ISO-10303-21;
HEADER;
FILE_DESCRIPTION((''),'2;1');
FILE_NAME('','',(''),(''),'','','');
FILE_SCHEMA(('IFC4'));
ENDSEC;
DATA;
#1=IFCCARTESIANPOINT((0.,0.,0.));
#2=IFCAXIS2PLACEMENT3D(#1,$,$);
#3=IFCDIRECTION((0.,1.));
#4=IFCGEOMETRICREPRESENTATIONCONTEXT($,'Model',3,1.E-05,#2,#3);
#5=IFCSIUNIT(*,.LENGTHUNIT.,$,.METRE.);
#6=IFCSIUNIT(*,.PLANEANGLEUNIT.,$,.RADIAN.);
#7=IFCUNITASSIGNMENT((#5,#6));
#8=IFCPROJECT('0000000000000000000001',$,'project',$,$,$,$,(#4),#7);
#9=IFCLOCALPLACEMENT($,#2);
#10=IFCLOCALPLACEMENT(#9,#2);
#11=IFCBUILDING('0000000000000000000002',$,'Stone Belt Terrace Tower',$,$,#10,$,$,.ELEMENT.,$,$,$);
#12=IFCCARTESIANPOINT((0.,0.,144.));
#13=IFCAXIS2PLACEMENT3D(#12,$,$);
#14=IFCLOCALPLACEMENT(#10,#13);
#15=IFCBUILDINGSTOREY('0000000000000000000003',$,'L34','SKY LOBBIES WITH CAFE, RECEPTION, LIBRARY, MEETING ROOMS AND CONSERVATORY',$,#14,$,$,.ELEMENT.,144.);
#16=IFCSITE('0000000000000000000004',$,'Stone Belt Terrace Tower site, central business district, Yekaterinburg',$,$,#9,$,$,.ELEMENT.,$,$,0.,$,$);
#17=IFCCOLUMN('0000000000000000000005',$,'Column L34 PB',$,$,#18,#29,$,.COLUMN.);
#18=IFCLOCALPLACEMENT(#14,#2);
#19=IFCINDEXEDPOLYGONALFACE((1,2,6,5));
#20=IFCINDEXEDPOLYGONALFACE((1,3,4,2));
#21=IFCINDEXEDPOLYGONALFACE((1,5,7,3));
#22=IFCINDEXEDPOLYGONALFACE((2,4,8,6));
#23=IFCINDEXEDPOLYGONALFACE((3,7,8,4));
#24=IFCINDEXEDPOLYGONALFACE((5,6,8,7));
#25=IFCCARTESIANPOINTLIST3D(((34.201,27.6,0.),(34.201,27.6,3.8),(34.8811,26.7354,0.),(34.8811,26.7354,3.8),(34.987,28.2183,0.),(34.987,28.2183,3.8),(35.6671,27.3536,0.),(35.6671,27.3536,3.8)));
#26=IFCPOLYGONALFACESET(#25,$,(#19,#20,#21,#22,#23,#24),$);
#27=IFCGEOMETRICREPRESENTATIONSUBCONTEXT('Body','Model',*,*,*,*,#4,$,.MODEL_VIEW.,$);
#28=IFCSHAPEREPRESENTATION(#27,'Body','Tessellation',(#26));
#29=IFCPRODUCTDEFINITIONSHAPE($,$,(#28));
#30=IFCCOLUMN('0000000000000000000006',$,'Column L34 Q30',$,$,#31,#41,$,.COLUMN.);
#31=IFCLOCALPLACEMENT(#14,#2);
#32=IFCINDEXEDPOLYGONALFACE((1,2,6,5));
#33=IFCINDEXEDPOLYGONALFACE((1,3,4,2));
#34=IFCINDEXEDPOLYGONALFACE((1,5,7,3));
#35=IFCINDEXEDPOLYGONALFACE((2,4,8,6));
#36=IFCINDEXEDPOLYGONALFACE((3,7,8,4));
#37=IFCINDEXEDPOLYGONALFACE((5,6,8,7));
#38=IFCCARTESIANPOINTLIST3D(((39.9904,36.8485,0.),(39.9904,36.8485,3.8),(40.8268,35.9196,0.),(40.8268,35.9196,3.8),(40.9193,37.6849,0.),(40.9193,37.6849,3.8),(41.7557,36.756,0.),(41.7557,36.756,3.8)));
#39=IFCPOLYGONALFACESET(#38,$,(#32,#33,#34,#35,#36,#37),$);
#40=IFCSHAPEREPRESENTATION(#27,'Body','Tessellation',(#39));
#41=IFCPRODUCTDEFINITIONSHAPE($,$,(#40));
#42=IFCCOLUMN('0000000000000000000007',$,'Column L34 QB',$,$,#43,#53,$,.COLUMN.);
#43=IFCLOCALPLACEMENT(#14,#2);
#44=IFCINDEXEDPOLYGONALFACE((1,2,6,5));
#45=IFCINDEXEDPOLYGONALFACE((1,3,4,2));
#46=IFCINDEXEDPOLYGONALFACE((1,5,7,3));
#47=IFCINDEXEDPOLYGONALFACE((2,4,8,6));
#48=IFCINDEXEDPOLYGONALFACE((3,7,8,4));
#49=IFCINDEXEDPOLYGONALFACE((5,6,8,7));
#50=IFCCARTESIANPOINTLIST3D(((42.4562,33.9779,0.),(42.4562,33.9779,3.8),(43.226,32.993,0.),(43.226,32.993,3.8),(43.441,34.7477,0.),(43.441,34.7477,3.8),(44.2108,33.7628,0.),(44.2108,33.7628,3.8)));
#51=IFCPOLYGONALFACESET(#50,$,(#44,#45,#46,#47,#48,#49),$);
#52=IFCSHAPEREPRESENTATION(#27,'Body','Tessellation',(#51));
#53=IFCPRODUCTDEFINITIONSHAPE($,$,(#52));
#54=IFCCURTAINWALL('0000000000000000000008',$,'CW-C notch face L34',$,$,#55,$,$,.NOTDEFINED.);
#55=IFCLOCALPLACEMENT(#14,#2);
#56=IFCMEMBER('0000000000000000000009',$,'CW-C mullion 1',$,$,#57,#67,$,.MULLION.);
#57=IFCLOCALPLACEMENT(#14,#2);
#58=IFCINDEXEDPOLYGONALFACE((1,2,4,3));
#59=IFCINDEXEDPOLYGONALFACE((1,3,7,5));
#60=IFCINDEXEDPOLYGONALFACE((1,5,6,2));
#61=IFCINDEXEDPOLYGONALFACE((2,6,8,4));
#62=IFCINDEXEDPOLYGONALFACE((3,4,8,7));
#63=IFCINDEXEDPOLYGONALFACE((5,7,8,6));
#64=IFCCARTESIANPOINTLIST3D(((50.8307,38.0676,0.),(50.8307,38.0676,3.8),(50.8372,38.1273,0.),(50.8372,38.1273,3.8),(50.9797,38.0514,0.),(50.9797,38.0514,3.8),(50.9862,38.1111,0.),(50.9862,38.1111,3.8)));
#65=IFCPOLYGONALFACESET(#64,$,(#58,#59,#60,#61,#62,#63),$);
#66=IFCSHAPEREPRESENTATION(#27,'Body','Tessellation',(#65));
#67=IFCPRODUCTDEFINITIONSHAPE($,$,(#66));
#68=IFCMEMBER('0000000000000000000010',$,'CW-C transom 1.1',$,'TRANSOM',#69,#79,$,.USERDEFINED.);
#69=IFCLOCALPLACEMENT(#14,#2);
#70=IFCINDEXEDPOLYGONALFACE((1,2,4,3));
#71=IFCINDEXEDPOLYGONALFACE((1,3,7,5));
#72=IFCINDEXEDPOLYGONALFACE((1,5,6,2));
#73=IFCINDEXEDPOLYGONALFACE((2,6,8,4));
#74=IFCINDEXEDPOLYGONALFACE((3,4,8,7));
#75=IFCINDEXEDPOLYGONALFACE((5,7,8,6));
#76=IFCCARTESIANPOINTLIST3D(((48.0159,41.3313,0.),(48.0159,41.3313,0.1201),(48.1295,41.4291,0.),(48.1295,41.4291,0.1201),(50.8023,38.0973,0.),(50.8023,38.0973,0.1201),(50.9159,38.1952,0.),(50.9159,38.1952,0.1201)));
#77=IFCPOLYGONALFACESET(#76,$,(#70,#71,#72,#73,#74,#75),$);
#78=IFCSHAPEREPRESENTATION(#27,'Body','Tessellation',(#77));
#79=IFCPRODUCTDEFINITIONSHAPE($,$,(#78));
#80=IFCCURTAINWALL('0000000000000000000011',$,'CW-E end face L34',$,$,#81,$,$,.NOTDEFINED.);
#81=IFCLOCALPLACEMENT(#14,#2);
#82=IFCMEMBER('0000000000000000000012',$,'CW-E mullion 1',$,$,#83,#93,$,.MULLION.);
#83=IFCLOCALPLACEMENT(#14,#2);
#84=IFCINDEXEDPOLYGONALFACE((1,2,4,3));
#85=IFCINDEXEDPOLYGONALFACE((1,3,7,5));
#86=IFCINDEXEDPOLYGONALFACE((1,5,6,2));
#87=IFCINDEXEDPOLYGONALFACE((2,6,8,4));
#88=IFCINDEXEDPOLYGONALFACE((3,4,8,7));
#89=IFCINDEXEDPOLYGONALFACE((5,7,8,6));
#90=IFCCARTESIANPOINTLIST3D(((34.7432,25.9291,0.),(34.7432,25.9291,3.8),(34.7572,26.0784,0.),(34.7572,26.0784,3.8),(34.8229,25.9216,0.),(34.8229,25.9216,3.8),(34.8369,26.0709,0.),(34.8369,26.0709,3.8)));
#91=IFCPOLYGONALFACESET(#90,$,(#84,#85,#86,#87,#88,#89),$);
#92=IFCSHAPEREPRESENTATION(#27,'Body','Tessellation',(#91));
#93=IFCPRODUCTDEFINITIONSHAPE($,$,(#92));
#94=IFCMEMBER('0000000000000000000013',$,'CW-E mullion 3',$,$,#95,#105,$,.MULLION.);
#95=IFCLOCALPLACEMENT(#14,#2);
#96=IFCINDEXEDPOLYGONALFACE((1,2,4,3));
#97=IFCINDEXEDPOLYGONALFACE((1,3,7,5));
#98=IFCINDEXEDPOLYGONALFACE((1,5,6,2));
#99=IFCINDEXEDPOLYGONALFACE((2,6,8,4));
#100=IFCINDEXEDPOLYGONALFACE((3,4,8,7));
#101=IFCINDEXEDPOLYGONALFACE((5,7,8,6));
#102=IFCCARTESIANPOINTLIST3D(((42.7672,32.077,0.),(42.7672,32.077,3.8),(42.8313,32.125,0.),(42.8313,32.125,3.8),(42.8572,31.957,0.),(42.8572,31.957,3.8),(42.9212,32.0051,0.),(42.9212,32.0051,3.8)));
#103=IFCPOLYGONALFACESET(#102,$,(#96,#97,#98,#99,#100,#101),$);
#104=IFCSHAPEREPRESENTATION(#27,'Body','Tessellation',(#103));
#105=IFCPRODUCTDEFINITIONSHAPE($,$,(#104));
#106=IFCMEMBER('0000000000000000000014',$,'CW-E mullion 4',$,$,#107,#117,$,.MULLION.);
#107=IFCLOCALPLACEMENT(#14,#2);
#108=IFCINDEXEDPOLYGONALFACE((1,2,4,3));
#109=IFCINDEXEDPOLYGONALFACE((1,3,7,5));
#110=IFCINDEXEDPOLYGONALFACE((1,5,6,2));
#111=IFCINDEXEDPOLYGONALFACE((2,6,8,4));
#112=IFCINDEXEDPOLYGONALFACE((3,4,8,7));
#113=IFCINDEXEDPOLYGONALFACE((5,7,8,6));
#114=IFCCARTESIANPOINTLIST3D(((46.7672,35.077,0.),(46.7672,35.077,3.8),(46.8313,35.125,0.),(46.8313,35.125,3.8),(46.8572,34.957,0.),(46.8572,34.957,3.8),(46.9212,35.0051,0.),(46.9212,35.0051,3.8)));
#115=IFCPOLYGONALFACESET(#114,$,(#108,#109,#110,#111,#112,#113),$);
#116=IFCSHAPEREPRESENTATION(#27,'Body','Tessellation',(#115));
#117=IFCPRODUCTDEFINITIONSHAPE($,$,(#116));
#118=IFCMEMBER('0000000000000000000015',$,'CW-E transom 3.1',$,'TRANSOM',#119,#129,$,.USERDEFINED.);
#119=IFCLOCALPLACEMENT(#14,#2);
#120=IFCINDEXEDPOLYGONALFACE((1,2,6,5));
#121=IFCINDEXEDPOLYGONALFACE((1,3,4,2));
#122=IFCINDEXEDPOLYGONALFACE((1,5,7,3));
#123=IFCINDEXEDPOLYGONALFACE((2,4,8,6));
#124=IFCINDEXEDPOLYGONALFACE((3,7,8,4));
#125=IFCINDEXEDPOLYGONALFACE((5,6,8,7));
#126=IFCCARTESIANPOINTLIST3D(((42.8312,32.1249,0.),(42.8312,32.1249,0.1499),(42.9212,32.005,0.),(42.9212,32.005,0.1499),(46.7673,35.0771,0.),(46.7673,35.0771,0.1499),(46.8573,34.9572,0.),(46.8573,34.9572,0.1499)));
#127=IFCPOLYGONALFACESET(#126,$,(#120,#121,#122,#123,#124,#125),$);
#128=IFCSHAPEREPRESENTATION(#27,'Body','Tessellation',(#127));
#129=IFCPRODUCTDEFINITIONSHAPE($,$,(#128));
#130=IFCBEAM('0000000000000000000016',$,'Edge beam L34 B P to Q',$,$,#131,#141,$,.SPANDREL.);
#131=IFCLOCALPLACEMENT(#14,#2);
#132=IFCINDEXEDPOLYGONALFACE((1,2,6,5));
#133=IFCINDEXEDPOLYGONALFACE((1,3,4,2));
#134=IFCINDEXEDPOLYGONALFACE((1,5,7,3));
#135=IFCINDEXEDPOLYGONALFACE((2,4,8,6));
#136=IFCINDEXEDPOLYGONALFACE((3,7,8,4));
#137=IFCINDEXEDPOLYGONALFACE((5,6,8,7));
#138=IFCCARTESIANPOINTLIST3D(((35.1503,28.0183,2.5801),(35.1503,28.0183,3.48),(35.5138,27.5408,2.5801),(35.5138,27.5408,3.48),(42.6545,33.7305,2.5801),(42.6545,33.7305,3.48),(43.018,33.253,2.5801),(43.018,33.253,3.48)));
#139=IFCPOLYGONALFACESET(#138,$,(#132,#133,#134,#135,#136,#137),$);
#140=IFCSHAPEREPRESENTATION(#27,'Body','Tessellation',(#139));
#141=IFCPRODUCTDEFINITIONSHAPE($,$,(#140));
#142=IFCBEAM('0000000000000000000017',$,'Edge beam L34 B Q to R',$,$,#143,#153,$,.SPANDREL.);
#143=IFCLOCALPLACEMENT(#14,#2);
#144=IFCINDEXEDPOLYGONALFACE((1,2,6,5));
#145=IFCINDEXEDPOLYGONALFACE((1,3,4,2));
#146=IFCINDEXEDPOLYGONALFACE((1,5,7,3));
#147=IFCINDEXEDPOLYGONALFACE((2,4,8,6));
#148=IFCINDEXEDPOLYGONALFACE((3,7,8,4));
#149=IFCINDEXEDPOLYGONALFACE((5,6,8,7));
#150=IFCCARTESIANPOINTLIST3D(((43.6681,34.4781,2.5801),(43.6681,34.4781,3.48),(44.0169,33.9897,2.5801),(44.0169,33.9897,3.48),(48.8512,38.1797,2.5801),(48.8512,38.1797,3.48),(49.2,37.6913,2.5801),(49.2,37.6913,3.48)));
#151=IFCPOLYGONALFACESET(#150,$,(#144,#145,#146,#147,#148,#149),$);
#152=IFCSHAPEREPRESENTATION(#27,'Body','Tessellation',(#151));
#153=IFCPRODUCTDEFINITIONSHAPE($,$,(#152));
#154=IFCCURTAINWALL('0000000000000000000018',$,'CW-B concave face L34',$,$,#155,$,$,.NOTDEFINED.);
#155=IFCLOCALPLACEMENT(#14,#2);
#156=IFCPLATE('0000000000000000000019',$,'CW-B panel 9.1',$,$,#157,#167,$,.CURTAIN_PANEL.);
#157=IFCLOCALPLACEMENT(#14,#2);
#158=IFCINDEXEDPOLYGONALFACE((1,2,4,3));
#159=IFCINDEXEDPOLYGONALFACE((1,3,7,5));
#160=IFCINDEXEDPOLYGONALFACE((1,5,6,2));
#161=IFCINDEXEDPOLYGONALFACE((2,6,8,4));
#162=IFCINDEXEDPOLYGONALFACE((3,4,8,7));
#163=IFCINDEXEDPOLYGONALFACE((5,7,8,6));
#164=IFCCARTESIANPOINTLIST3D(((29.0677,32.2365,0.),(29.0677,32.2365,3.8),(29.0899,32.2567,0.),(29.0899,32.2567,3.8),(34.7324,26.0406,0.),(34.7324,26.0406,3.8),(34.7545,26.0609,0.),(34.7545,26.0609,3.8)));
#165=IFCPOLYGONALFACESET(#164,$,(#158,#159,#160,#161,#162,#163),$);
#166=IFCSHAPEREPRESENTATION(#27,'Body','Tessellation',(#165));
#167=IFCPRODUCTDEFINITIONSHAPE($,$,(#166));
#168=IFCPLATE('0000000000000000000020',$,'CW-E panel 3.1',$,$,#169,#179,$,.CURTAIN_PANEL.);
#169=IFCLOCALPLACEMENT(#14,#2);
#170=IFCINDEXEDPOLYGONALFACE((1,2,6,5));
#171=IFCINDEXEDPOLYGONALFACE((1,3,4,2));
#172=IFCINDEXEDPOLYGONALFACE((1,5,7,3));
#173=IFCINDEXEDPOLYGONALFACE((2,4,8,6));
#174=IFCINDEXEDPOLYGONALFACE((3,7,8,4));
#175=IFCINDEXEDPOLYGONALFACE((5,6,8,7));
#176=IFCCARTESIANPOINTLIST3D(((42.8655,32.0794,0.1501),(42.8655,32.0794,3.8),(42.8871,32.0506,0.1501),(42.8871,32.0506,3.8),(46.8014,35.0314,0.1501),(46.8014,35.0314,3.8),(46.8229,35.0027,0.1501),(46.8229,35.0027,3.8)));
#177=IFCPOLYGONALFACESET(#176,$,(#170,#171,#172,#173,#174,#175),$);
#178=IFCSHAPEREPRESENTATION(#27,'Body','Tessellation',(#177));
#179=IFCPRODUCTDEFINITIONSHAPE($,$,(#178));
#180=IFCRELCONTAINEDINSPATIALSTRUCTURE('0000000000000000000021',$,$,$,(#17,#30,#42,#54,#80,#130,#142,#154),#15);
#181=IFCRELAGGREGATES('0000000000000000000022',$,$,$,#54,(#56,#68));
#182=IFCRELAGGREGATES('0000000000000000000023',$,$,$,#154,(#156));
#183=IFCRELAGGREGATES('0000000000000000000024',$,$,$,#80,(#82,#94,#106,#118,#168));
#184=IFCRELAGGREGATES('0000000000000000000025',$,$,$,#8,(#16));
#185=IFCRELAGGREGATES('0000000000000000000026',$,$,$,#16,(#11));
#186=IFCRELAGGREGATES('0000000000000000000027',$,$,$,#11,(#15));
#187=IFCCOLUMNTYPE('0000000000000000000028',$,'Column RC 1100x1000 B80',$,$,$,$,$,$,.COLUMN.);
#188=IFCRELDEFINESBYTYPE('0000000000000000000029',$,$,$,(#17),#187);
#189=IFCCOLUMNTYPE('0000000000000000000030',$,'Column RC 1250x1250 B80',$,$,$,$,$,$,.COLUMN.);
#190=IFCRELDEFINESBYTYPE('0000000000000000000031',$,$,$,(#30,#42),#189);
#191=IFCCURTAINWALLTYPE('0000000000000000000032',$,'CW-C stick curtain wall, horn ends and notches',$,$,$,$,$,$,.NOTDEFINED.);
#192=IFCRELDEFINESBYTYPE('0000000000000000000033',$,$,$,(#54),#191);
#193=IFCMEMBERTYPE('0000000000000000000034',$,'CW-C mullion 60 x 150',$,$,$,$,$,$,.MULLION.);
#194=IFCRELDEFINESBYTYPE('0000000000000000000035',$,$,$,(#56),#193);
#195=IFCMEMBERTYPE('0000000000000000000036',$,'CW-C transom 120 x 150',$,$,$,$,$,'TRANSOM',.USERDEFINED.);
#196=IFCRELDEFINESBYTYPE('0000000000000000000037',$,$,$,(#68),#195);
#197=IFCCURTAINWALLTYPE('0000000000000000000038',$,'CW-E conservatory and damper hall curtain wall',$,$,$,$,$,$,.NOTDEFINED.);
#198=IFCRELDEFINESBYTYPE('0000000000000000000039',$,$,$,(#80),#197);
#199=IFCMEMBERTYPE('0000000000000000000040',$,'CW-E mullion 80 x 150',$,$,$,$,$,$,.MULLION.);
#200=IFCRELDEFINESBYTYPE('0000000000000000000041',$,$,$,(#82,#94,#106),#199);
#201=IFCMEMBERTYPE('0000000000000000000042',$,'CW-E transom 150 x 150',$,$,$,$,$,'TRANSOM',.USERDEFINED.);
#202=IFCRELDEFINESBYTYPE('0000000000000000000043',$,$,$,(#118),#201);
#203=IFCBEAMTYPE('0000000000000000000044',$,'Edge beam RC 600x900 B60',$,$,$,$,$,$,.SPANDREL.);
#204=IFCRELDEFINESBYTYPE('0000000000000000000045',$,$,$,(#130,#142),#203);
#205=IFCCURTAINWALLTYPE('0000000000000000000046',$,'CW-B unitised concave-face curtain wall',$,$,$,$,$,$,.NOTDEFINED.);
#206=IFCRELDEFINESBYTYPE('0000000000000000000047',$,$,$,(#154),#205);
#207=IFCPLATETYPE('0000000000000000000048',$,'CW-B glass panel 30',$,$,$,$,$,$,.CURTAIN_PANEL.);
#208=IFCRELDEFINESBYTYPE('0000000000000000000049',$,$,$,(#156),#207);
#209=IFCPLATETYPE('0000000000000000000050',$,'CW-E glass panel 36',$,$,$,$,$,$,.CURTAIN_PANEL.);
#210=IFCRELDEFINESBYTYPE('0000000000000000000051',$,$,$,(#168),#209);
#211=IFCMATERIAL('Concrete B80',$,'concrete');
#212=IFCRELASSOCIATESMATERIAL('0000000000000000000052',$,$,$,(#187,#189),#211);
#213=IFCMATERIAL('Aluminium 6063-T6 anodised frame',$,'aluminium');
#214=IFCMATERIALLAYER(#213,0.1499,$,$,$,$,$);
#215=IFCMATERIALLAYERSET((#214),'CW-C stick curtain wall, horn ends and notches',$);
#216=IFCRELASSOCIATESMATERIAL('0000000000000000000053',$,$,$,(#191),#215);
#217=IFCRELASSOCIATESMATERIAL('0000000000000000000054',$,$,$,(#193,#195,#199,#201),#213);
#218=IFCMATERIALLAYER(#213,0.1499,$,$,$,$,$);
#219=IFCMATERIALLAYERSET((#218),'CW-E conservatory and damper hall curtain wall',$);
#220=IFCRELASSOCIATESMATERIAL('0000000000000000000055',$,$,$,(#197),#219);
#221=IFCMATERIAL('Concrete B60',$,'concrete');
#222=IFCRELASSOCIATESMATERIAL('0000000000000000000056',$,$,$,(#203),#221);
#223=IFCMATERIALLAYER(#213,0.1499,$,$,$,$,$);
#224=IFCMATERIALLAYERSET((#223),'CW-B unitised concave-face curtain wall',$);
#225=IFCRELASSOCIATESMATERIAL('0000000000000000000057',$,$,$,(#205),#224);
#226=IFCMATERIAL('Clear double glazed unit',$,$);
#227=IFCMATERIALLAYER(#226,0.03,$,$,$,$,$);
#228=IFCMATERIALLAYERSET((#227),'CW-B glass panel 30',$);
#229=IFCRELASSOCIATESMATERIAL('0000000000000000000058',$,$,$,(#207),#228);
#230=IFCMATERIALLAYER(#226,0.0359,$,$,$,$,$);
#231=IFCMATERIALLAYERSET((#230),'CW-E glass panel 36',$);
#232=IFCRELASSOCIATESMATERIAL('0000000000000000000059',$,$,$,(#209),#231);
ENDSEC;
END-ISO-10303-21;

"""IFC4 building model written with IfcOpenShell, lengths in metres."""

from ifc_helpers import new_model, si_unit, direction, frame, origin, origin_2d, place, context, subcontext, project, spatial, rectangle, extrude, material, layer, layer_set, material_profile, profile_set, type_object, element, aggregate, save


model = new_model("IFC4")

# Units and contexts
model_context = context("Model", 3, precision=1e-05, world=origin(), true_north=direction((0.0, 1.0)))
body_context = subcontext(model_context, "Body", "Model", "MODEL_VIEW")
ifc_project = project(units=[si_unit("LENGTHUNIT", "METRE"), si_unit("PLANEANGLEUNIT", "RADIAN")], contexts=[model_context])

# Site, building, storey
site_placement = place(None, origin())
site = spatial("IfcSite", under=ifc_project, at=site_placement, Name="Stone Belt Terrace Tower site, central business district, Yekaterinburg", CompositionType="ELEMENT", RefElevation=0.0)
building_placement = place(site_placement, origin())
building = spatial("IfcBuilding", under=site, at=building_placement, Name="Stone Belt Terrace Tower", CompositionType="ELEMENT")
storey_placement = place(building_placement, frame((0.0, 0.0, 144.0)))
storey = spatial("IfcBuildingStorey", under=building, at=storey_placement, Name="L34", Description="SKY LOBBIES WITH CAFE, RECEPTION, LIBRARY, MEETING ROOMS AND CONSERVATORY", CompositionType="ELEMENT", Elevation=144.0)

# Columns
ifc_material_1 = material(Name="Concrete B80", Category="concrete")
ifc_material_profile_1 = material_profile(ifc_material_1, rectangle(XDim=1.1001, YDim=1.0, at=origin_2d()), Name="RC 1100x1000")
ifc_profile_set_1 = profile_set([ifc_material_profile_1], Name="Concrete B80")
column_type_1 = type_object("IfcColumnType", Name="Column RC 1100x1000 B80", PredefinedType="COLUMN", material=ifc_profile_set_1)
column_placement = place(storey_placement, frame((34.9341, 27.4768, 0.0), z_axis=(0.0, 0.0, 1.0), x_axis=(0.618218, -0.786007, 0.0)))
element("IfcColumn", 1, at=column_placement, inside=storey, type_object=column_type_1, Name="Column L34 PB", PredefinedType="COLUMN", context=body_context, shape_type="SweptSolid", body=[
    extrude(rectangle(XDim=1.1001, YDim=1.0, at=origin_2d()), origin(), (0.0, 0.0, 1.0), 3.8),
])
ifc_material_profile_2 = material_profile(ifc_material_1, rectangle(XDim=1.25, YDim=1.25, at=origin_2d()), Name="RC 1250x1250")
ifc_profile_set_2 = profile_set([ifc_material_profile_2], Name="Concrete B80")
column_type_2 = type_object("IfcColumnType", Name="Column RC 1250x1250 B80", PredefinedType="COLUMN", material=ifc_profile_set_2)
for number, where, z_axis, x_axis, name in (
    (2, (40.873, 36.8022, 0.0), (0.0, 0.0, 1.0), (0.669131, -0.743145, 0.0), "Column L34 Q30"),
    (3, (43.3335, 33.8704, 0.0), (0.0, 0.0, 1.0), (0.615825, -0.787883, 0.0), "Column L34 QB"),
):
    element("IfcColumn", number, at=place(storey_placement, frame(where, z_axis=z_axis, x_axis=x_axis)), inside=storey, type_object=column_type_2, Name=name, PredefinedType="COLUMN", context=body_context, shape_type="SweptSolid", body=[
        extrude(rectangle(XDim=1.25, YDim=1.25, at=origin_2d()), origin(), (0.0, 0.0, 1.0), 3.8),
    ])

# Curtain walls, members
ifc_material_2 = material(Name="Aluminium 6063-T6 anodised frame", Category="aluminium")
ifc_layer_1 = layer(ifc_material_2, 0.1499)
ifc_layer_set_1 = layer_set([ifc_layer_1], Name="CW-C stick curtain wall, horn ends and notches")
curtain_wall_type_1 = type_object("IfcCurtainWallType", Name="CW-C stick curtain wall, horn ends and notches", PredefinedType="NOTDEFINED", material=ifc_layer_set_1)
curtain_wall_1_placement = place(storey_placement, origin())
curtain_wall_1 = element("IfcCurtainWall", 4, at=curtain_wall_1_placement, inside=storey, type_object=curtain_wall_type_1, Name="CW-C notch face L34", PredefinedType="NOTDEFINED")
ifc_material_profile_3 = material_profile(ifc_material_2, rectangle(XDim=0.1499, YDim=0.0601, at=origin_2d()), Name="Aluminium 6063-T6 60x150")
ifc_profile_set_3 = profile_set([ifc_material_profile_3], Name="Aluminium 6063-T6 anodised frame")
member_type_1 = type_object("IfcMemberType", Name="CW-C mullion 60 x 150", PredefinedType="MULLION", material=ifc_profile_set_3)
member_1_placement = place(storey_placement, frame((50.9084, 38.0894, 0.0), z_axis=(0.0, 0.0, 1.0), x_axis=(-0.994169, 0.10783, 0.0)))
member_1 = element("IfcMember", 5, at=member_1_placement, type_object=member_type_1, Name="CW-C mullion 1", PredefinedType="MULLION", context=body_context, shape_type="SweptSolid", body=[
    extrude(rectangle(XDim=0.1499, YDim=0.0601, at=origin_2d()), origin(), (0.0, 0.0, 1.0), 3.8),
])
ifc_material_profile_4 = material_profile(ifc_material_2, rectangle(XDim=0.1499, YDim=0.1201, at=origin_2d()), Name="Aluminium 6063-T6 150x120")
ifc_profile_set_4 = profile_set([ifc_material_profile_4], Name="Aluminium 6063-T6 anodised frame")
member_type_2 = type_object("IfcMemberType", Name="CW-C transom 120 x 150", ElementType="TRANSOM", PredefinedType="USERDEFINED", material=ifc_profile_set_4)
member_2_placement = place(storey_placement, frame((50.8591, 38.1462, 0.0601), z_axis=(-0.652744, 0.757579, 0.0), x_axis=(-0.757579, -0.652744, 0.0)))
member_2 = element("IfcMember", 6, at=member_2_placement, type_object=member_type_2, Name="CW-C transom 1.1", ObjectType="TRANSOM", PredefinedType="USERDEFINED", context=body_context, shape_type="SweptSolid", body=[
    extrude(rectangle(XDim=0.1499, YDim=0.1201, at=origin_2d()), origin(), (0.0, 0.0, 1.0), 4.2688),
])
aggregate(curtain_wall_1, [member_1, member_2])
ifc_layer_2 = layer(ifc_material_2, 0.1499)
ifc_layer_set_2 = layer_set([ifc_layer_2], Name="CW-E conservatory and damper hall curtain wall")
curtain_wall_type_2 = type_object("IfcCurtainWallType", Name="CW-E conservatory and damper hall curtain wall", PredefinedType="NOTDEFINED", material=ifc_layer_set_2)
curtain_wall_2_placement = place(storey_placement, origin())
curtain_wall_2 = element("IfcCurtainWall", 7, at=curtain_wall_2_placement, inside=storey, type_object=curtain_wall_type_2, Name="CW-E end face L34", PredefinedType="NOTDEFINED")
ifc_material_profile_5 = material_profile(ifc_material_2, rectangle(XDim=0.1499, YDim=0.0801, at=origin_2d()), Name="Aluminium 6063-T6 80x150")
ifc_profile_set_5 = profile_set([ifc_material_profile_5], Name="Aluminium 6063-T6 anodised frame")
member_type_3 = type_object("IfcMemberType", Name="CW-E mullion 80 x 150", PredefinedType="MULLION", material=ifc_profile_set_5)
member_3_placement = place(storey_placement, frame((34.79, 26.0, 0.0), z_axis=(0.0, 0.0, 1.0), x_axis=(0.093181, 0.995649, 0.0)))
member_3 = element("IfcMember", 8, at=member_3_placement, type_object=member_type_3, Name="CW-E mullion 1", PredefinedType="MULLION", context=body_context, shape_type="SweptSolid", body=[
    extrude(rectangle(XDim=0.1499, YDim=0.0801, at=origin_2d()), origin(), (0.0, 0.0, 1.0), 3.8),
])
member_4_placement = place(storey_placement, frame((42.8442, 32.041, 0.0), z_axis=(0.0, 0.0, 1.0), x_axis=(-0.600018, 0.799987, 0.0)))
member_4 = element("IfcMember", 9, at=member_4_placement, type_object=member_type_3, Name="CW-E mullion 3", PredefinedType="MULLION", context=body_context, shape_type="SweptSolid", body=[
    extrude(rectangle(XDim=0.1499, YDim=0.0801, at=origin_2d()), origin(), (0.0, 0.0, 1.0), 3.8),
])
member_5_placement = place(storey_placement, frame((46.8442, 35.041, 0.0), z_axis=(0.0, 0.0, 1.0), x_axis=(-0.600018, 0.799987, 0.0)))
member_5 = element("IfcMember", 10, at=member_5_placement, type_object=member_type_3, Name="CW-E mullion 4", PredefinedType="MULLION", context=body_context, shape_type="SweptSolid", body=[
    extrude(rectangle(XDim=0.1499, YDim=0.0801, at=origin_2d()), origin(), (0.0, 0.0, 1.0), 3.8),
])
ifc_material_profile_6 = material_profile(ifc_material_2, rectangle(XDim=0.1499, YDim=0.1499, at=origin_2d()), Name="Aluminium 6063-T6 150x150")
ifc_profile_set_6 = profile_set([ifc_material_profile_6], Name="Aluminium 6063-T6 anodised frame")
member_type_4 = type_object("IfcMemberType", Name="CW-E transom 150 x 150", ElementType="TRANSOM", PredefinedType="USERDEFINED", material=ifc_profile_set_6)
member_6_placement = place(storey_placement, frame((42.8762, 32.0649, 0.075), z_axis=(0.799988, 0.600016, 0.0), x_axis=(-0.600016, 0.799988, 0.0)))
member_6 = element("IfcMember", 11, at=member_6_placement, type_object=member_type_4, Name="CW-E transom 3.1", ObjectType="TRANSOM", PredefinedType="USERDEFINED", context=body_context, shape_type="SweptSolid", body=[
    extrude(rectangle(XDim=0.1499, YDim=0.1499, at=origin_2d()), origin(), (0.0, 0.0, 1.0), 4.9202),
])

# Beams
ifc_material_3 = material(Name="Concrete B60", Category="concrete")
ifc_material_profile_7 = material_profile(ifc_material_3, rectangle(XDim=0.6001, YDim=0.8999, at=origin_2d()), Name="RC 600x900")
ifc_profile_set_7 = profile_set([ifc_material_profile_7], Name="Concrete B60")
beam_type = type_object("IfcBeamType", Name="Edge beam RC 600x900 B60", PredefinedType="SPANDREL", material=ifc_profile_set_7)
beam_1_placement = place(storey_placement, frame((35.332, 27.7795, 3.03), z_axis=(0.795702, 0.605688, 0.0), x_axis=(-0.605688, 0.795702, 0.0)))
element("IfcBeam", 12, at=beam_1_placement, inside=storey, type_object=beam_type, Name="Edge beam L34 B P to Q", PredefinedType="SPANDREL", context=body_context, shape_type="SweptSolid", body=[
    extrude(rectangle(XDim=0.6001, YDim=0.8999, at=origin_2d()), origin(), (0.0, 0.0, 1.0), 9.4309),
])
beam_2_placement = place(storey_placement, frame((43.8425, 34.2339, 3.03), z_axis=(0.813775, 0.58118, 0.0), x_axis=(-0.58118, 0.813775, 0.0)))
element("IfcBeam", 13, at=beam_2_placement, inside=storey, type_object=beam_type, Name="Edge beam L34 B Q to R", PredefinedType="SPANDREL", context=body_context, shape_type="SweptSolid", body=[
    extrude(rectangle(XDim=0.6001, YDim=0.8999, at=origin_2d()), origin(), (0.0, 0.0, 1.0), 6.3691),
])

# Curtain wall, plate
ifc_layer_3 = layer(ifc_material_2, 0.1499)
ifc_layer_set_3 = layer_set([ifc_layer_3], Name="CW-B unitised concave-face curtain wall")
curtain_wall_type_3 = type_object("IfcCurtainWallType", Name="CW-B unitised concave-face curtain wall", PredefinedType="NOTDEFINED", material=ifc_layer_set_3)
curtain_wall_3_placement = place(storey_placement, origin())
curtain_wall_3 = element("IfcCurtainWall", 14, at=curtain_wall_3_placement, inside=storey, type_object=curtain_wall_type_3, Name="CW-B concave face L34", PredefinedType="NOTDEFINED")
ifc_material_4 = material(Name="Clear double glazed unit")
ifc_layer_4 = layer(ifc_material_4, 0.03)
ifc_layer_set_4 = layer_set([ifc_layer_4], Name="CW-B glass panel 30")
plate_type_1 = type_object("IfcPlateType", Name="CW-B glass panel 30", PredefinedType="CURTAIN_PANEL", material=ifc_layer_set_4)
plate_1_placement = place(storey_placement, frame((31.9111, 29.1487, 0.0), z_axis=(0.0, 0.0, 1.0), x_axis=(0.674761, -0.738036, 0.0)))
plate_1 = element("IfcPlate", 15, at=plate_1_placement, type_object=plate_type_1, Name="CW-B panel 9.1", PredefinedType="CURTAIN_PANEL", context=body_context, shape_type="SweptSolid", body=[
    extrude(rectangle(XDim=8.395, YDim=0.03, at=origin_2d()), origin(), (0.0, 0.0, 1.0), 3.8),
])
aggregate(curtain_wall_3, [plate_1])

# Plate
ifc_layer_5 = layer(ifc_material_4, 0.0359)
ifc_layer_set_5 = layer_set([ifc_layer_5], Name="CW-E glass panel 36")
plate_type_2 = type_object("IfcPlateType", Name="CW-E glass panel 36", PredefinedType="CURTAIN_PANEL", material=ifc_layer_set_5)
plate_2_placement = place(storey_placement, frame((44.8442, 33.541, 0.1501), z_axis=(0.0, 0.0, 1.0), x_axis=(0.799987, 0.600018, 0.0)))
plate_2 = element("IfcPlate", 16, at=plate_2_placement, type_object=plate_type_2, Name="CW-E panel 3.1", PredefinedType="CURTAIN_PANEL", context=body_context, shape_type="SweptSolid", body=[
    extrude(rectangle(XDim=4.9199, YDim=0.0359, at=origin_2d()), origin(), (0.0, 0.0, 1.0), 3.6499),
])
aggregate(curtain_wall_2, [member_3, member_4, member_5, member_6, plate_2])

save(model, "model.ifc")
